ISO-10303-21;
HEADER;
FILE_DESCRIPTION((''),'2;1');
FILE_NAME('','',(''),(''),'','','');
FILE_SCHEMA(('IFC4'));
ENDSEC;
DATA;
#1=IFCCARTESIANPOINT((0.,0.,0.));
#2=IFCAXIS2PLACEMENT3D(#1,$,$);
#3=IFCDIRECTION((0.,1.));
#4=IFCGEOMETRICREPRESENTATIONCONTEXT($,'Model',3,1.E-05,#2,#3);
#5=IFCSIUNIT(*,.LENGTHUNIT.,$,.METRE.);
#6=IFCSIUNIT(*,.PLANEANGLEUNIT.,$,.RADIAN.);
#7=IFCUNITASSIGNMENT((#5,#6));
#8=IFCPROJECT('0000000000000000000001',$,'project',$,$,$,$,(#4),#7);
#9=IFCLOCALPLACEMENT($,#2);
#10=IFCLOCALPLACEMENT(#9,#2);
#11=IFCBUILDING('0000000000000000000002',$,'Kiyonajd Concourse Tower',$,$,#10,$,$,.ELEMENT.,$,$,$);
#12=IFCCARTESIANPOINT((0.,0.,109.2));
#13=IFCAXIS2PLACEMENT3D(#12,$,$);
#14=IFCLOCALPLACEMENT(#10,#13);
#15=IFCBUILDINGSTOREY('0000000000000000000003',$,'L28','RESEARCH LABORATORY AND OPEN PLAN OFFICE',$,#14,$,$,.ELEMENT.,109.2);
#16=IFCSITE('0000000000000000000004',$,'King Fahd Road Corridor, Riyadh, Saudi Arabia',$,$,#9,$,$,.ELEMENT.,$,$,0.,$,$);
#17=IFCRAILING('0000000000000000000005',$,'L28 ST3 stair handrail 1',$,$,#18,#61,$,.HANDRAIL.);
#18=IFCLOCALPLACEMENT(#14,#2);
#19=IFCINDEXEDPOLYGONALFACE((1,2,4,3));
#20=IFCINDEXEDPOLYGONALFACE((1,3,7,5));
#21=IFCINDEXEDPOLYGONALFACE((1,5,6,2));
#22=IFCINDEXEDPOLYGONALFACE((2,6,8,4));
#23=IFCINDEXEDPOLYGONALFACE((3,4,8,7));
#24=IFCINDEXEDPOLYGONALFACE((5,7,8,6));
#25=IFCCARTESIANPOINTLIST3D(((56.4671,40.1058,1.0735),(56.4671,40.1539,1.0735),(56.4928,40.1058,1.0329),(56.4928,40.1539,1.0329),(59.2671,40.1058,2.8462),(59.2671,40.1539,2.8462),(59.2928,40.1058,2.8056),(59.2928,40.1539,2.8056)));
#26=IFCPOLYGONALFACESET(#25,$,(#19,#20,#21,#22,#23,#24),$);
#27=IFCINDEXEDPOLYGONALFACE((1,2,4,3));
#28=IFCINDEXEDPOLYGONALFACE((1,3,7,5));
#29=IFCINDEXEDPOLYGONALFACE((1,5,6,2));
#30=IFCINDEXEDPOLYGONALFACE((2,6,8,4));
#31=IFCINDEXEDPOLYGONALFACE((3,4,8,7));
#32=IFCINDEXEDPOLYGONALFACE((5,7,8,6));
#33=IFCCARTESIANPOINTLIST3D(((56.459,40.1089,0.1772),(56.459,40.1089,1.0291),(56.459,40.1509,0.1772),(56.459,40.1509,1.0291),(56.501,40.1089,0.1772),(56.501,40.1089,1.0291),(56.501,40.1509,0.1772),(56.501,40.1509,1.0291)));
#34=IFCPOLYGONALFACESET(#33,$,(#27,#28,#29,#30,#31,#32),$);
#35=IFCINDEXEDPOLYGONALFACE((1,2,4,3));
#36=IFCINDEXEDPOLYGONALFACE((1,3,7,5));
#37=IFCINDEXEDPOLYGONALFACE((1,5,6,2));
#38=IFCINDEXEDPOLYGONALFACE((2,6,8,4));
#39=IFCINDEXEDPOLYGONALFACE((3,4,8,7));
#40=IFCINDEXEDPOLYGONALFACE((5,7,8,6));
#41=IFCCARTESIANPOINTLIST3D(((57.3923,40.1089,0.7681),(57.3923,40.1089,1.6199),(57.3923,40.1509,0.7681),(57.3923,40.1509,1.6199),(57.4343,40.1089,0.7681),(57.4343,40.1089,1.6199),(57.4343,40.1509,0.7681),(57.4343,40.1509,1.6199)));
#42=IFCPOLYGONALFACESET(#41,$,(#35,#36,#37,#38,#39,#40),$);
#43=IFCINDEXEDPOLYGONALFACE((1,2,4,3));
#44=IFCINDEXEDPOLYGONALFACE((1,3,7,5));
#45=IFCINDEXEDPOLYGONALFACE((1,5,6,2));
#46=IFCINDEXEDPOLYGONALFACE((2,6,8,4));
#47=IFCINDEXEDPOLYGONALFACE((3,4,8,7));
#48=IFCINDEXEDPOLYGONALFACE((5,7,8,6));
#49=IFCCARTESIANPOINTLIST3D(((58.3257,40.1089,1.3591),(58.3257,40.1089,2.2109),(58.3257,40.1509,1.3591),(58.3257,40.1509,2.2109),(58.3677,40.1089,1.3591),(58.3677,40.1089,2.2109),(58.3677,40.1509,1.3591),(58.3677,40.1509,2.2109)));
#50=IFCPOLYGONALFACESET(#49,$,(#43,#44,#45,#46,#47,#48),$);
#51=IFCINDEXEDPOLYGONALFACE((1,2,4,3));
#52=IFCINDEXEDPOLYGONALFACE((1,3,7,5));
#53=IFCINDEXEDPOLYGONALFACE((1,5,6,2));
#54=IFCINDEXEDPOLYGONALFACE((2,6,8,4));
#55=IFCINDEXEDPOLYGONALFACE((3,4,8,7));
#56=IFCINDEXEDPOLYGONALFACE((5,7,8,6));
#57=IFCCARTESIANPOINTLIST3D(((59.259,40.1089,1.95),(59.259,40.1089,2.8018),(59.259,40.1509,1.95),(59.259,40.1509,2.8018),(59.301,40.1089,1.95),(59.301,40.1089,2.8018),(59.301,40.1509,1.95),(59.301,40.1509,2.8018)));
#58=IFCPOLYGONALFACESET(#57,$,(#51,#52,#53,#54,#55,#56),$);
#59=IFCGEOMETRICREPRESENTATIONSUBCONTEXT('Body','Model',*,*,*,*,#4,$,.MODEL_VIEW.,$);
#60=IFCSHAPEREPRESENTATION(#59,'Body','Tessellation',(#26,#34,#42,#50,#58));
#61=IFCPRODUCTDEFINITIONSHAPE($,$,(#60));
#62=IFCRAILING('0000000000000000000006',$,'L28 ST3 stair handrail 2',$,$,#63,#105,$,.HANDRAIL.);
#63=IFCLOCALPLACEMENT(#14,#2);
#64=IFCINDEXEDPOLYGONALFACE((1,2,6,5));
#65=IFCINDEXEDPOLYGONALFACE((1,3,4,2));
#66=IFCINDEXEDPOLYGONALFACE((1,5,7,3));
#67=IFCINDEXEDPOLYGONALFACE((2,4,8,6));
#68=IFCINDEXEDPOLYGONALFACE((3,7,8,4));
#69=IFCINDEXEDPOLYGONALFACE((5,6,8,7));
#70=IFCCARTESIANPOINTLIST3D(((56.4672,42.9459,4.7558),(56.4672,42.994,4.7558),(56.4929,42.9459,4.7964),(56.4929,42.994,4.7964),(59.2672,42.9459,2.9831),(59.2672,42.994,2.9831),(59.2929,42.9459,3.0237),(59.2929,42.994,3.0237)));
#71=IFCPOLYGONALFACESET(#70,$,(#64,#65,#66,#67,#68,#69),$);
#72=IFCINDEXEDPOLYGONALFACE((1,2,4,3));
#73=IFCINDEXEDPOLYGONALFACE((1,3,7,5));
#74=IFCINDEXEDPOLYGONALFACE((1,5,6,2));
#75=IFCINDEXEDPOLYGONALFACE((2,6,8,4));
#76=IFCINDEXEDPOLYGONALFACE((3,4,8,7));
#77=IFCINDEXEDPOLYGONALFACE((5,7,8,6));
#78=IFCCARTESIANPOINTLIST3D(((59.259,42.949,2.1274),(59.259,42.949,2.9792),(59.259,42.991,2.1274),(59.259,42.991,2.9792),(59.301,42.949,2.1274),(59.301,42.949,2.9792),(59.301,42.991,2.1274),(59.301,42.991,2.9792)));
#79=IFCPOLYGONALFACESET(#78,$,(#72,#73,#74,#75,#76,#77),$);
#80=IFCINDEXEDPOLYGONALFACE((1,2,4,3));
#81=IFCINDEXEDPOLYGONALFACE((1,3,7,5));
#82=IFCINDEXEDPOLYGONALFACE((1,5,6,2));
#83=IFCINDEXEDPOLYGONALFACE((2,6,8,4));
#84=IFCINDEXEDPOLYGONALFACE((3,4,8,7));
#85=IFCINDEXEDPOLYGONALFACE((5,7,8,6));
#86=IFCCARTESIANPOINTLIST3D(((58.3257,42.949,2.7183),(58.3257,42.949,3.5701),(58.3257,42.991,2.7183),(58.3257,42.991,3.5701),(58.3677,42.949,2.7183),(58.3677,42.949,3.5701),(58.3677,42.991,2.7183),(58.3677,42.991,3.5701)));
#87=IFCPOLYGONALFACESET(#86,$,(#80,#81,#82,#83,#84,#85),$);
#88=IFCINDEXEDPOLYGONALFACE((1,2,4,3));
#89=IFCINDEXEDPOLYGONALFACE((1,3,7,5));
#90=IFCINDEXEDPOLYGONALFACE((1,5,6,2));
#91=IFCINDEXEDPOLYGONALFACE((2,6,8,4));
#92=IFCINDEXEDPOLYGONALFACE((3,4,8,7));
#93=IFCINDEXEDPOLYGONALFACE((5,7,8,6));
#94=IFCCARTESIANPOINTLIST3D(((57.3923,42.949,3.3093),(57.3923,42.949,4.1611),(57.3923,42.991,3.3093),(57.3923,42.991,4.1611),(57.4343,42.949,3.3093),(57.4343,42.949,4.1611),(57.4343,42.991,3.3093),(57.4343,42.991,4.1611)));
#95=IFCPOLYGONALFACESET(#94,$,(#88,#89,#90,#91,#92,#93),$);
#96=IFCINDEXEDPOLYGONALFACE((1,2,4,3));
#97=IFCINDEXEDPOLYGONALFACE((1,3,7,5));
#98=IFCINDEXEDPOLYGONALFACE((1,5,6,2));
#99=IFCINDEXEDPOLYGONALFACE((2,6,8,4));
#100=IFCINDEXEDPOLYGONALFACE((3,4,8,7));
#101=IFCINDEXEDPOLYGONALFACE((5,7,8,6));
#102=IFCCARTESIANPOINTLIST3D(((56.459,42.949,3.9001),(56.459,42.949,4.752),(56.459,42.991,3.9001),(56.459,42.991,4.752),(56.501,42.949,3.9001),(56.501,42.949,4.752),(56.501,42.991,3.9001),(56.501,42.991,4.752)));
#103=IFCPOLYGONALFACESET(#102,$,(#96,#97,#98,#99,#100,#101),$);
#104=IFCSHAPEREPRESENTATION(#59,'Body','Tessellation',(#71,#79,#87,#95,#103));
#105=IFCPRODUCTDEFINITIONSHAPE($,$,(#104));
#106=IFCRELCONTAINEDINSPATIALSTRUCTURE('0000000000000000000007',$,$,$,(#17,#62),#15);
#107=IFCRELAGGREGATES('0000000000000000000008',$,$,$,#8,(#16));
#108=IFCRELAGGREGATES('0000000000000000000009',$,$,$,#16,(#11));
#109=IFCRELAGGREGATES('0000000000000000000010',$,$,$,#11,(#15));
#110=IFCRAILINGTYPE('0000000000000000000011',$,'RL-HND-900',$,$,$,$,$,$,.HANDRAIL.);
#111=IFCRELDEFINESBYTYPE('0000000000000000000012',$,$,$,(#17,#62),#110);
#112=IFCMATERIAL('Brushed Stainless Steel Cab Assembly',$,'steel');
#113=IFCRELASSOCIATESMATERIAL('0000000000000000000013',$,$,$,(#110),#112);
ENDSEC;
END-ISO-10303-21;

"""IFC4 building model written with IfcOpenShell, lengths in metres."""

from ifc_helpers import new_model, si_unit, direction, frame, origin, origin_2d, place, context, subcontext, project, spatial, rectangle, extrude, material, type_object, element, save


model = new_model("IFC4")

# Units and contexts
model_context = context("Model", 3, precision=1e-05, world=origin(), true_north=direction((0.0, 1.0)))
body_context = subcontext(model_context, "Body", "Model", "MODEL_VIEW")
ifc_project = project(units=[si_unit("LENGTHUNIT", "METRE"), si_unit("PLANEANGLEUNIT", "RADIAN")], contexts=[model_context])

# Site, building, storey
site_placement = place(None, origin())
site = spatial("IfcSite", under=ifc_project, at=site_placement, Name="King Fahd Road Corridor, Riyadh, Saudi Arabia", CompositionType="ELEMENT", RefElevation=0.0)
building_placement = place(site_placement, origin())
building = spatial("IfcBuilding", under=site, at=building_placement, Name="Kiyonajd Concourse Tower", CompositionType="ELEMENT")
storey_placement = place(building_placement, frame((0.0, 0.0, 109.2)))
storey = spatial("IfcBuildingStorey", under=building, at=storey_placement, Name="L28", Description="RESEARCH LABORATORY AND OPEN PLAN OFFICE", CompositionType="ELEMENT", Elevation=109.2)

# Shared definitions
ifc_material_1 = material(Name="Brushed Stainless Steel Cab Assembly", Category="steel")

# Railings
railing_type_1 = type_object("IfcRailingType", Name="RL-HND-900", PredefinedType="HANDRAIL", material=ifc_material_1)
railing_1_placement = place(storey_placement, frame((56.48, 40.1299, 0.1772)))
element("IfcRailing", 1, at=railing_1_placement, inside=storey, type_object=railing_type_1, Name="L28 ST3 stair handrail 1", PredefinedType="HANDRAIL", context=body_context, shape_type="SweptSolid", body=[
    extrude(rectangle(XDim=0.0481, YDim=0.0481, at=origin_2d()), frame((0.0, 0.0, 0.876), z_axis=(0.844909, 0.0, 0.53491), x_axis=(0.0, 1.0, 0.0)), (0.0, 0.0, 1.0), 3.314),
    extrude(rectangle(XDim=0.042, YDim=0.042, at=origin_2d()), origin(), (0.0, 0.0, 1.0), 0.8518),
    extrude(rectangle(XDim=0.042, YDim=0.042, at=origin_2d()), frame((0.9333, 0.0, 0.5908)), (0.0, 0.0, 1.0), 0.8518),
    extrude(rectangle(XDim=0.042, YDim=0.042, at=origin_2d()), frame((1.8667, 0.0, 1.1819)), (0.0, 0.0, 1.0), 0.8518),
    extrude(rectangle(XDim=0.042, YDim=0.042, at=origin_2d()), frame((2.8, 0.0, 1.7727)), (0.0, 0.0, 1.0), 0.8518),
])
railing_2_placement = place(storey_placement, frame((59.28, 42.97, 2.1274)))
element("IfcRailing", 2, at=railing_2_placement, inside=storey, type_object=railing_type_1, Name="L28 ST3 stair handrail 2", PredefinedType="HANDRAIL", context=body_context, shape_type="SweptSolid", body=[
    extrude(rectangle(XDim=0.0481, YDim=0.0481, at=origin_2d()), frame((0.0, 0.0, 0.876), z_axis=(-0.844909, 0.0, 0.53491), x_axis=(0.0, -1.0, 0.0)), (0.0, 0.0, 1.0), 3.314),
    extrude(rectangle(XDim=0.042, YDim=0.042, at=origin_2d()), origin(), (0.0, 0.0, 1.0), 0.8518),
    extrude(rectangle(XDim=0.042, YDim=0.042, at=origin_2d()), frame((-0.9333, 0.0, 0.5908)), (0.0, 0.0, 1.0), 0.8518),
    extrude(rectangle(XDim=0.042, YDim=0.042, at=origin_2d()), frame((-1.8667, 0.0, 1.1819)), (0.0, 0.0, 1.0), 0.8518),
    extrude(rectangle(XDim=0.042, YDim=0.042, at=origin_2d()), frame((-2.8, 0.0, 1.7727)), (0.0, 0.0, 1.0), 0.8518),
])

save(model, "model.ifc")
